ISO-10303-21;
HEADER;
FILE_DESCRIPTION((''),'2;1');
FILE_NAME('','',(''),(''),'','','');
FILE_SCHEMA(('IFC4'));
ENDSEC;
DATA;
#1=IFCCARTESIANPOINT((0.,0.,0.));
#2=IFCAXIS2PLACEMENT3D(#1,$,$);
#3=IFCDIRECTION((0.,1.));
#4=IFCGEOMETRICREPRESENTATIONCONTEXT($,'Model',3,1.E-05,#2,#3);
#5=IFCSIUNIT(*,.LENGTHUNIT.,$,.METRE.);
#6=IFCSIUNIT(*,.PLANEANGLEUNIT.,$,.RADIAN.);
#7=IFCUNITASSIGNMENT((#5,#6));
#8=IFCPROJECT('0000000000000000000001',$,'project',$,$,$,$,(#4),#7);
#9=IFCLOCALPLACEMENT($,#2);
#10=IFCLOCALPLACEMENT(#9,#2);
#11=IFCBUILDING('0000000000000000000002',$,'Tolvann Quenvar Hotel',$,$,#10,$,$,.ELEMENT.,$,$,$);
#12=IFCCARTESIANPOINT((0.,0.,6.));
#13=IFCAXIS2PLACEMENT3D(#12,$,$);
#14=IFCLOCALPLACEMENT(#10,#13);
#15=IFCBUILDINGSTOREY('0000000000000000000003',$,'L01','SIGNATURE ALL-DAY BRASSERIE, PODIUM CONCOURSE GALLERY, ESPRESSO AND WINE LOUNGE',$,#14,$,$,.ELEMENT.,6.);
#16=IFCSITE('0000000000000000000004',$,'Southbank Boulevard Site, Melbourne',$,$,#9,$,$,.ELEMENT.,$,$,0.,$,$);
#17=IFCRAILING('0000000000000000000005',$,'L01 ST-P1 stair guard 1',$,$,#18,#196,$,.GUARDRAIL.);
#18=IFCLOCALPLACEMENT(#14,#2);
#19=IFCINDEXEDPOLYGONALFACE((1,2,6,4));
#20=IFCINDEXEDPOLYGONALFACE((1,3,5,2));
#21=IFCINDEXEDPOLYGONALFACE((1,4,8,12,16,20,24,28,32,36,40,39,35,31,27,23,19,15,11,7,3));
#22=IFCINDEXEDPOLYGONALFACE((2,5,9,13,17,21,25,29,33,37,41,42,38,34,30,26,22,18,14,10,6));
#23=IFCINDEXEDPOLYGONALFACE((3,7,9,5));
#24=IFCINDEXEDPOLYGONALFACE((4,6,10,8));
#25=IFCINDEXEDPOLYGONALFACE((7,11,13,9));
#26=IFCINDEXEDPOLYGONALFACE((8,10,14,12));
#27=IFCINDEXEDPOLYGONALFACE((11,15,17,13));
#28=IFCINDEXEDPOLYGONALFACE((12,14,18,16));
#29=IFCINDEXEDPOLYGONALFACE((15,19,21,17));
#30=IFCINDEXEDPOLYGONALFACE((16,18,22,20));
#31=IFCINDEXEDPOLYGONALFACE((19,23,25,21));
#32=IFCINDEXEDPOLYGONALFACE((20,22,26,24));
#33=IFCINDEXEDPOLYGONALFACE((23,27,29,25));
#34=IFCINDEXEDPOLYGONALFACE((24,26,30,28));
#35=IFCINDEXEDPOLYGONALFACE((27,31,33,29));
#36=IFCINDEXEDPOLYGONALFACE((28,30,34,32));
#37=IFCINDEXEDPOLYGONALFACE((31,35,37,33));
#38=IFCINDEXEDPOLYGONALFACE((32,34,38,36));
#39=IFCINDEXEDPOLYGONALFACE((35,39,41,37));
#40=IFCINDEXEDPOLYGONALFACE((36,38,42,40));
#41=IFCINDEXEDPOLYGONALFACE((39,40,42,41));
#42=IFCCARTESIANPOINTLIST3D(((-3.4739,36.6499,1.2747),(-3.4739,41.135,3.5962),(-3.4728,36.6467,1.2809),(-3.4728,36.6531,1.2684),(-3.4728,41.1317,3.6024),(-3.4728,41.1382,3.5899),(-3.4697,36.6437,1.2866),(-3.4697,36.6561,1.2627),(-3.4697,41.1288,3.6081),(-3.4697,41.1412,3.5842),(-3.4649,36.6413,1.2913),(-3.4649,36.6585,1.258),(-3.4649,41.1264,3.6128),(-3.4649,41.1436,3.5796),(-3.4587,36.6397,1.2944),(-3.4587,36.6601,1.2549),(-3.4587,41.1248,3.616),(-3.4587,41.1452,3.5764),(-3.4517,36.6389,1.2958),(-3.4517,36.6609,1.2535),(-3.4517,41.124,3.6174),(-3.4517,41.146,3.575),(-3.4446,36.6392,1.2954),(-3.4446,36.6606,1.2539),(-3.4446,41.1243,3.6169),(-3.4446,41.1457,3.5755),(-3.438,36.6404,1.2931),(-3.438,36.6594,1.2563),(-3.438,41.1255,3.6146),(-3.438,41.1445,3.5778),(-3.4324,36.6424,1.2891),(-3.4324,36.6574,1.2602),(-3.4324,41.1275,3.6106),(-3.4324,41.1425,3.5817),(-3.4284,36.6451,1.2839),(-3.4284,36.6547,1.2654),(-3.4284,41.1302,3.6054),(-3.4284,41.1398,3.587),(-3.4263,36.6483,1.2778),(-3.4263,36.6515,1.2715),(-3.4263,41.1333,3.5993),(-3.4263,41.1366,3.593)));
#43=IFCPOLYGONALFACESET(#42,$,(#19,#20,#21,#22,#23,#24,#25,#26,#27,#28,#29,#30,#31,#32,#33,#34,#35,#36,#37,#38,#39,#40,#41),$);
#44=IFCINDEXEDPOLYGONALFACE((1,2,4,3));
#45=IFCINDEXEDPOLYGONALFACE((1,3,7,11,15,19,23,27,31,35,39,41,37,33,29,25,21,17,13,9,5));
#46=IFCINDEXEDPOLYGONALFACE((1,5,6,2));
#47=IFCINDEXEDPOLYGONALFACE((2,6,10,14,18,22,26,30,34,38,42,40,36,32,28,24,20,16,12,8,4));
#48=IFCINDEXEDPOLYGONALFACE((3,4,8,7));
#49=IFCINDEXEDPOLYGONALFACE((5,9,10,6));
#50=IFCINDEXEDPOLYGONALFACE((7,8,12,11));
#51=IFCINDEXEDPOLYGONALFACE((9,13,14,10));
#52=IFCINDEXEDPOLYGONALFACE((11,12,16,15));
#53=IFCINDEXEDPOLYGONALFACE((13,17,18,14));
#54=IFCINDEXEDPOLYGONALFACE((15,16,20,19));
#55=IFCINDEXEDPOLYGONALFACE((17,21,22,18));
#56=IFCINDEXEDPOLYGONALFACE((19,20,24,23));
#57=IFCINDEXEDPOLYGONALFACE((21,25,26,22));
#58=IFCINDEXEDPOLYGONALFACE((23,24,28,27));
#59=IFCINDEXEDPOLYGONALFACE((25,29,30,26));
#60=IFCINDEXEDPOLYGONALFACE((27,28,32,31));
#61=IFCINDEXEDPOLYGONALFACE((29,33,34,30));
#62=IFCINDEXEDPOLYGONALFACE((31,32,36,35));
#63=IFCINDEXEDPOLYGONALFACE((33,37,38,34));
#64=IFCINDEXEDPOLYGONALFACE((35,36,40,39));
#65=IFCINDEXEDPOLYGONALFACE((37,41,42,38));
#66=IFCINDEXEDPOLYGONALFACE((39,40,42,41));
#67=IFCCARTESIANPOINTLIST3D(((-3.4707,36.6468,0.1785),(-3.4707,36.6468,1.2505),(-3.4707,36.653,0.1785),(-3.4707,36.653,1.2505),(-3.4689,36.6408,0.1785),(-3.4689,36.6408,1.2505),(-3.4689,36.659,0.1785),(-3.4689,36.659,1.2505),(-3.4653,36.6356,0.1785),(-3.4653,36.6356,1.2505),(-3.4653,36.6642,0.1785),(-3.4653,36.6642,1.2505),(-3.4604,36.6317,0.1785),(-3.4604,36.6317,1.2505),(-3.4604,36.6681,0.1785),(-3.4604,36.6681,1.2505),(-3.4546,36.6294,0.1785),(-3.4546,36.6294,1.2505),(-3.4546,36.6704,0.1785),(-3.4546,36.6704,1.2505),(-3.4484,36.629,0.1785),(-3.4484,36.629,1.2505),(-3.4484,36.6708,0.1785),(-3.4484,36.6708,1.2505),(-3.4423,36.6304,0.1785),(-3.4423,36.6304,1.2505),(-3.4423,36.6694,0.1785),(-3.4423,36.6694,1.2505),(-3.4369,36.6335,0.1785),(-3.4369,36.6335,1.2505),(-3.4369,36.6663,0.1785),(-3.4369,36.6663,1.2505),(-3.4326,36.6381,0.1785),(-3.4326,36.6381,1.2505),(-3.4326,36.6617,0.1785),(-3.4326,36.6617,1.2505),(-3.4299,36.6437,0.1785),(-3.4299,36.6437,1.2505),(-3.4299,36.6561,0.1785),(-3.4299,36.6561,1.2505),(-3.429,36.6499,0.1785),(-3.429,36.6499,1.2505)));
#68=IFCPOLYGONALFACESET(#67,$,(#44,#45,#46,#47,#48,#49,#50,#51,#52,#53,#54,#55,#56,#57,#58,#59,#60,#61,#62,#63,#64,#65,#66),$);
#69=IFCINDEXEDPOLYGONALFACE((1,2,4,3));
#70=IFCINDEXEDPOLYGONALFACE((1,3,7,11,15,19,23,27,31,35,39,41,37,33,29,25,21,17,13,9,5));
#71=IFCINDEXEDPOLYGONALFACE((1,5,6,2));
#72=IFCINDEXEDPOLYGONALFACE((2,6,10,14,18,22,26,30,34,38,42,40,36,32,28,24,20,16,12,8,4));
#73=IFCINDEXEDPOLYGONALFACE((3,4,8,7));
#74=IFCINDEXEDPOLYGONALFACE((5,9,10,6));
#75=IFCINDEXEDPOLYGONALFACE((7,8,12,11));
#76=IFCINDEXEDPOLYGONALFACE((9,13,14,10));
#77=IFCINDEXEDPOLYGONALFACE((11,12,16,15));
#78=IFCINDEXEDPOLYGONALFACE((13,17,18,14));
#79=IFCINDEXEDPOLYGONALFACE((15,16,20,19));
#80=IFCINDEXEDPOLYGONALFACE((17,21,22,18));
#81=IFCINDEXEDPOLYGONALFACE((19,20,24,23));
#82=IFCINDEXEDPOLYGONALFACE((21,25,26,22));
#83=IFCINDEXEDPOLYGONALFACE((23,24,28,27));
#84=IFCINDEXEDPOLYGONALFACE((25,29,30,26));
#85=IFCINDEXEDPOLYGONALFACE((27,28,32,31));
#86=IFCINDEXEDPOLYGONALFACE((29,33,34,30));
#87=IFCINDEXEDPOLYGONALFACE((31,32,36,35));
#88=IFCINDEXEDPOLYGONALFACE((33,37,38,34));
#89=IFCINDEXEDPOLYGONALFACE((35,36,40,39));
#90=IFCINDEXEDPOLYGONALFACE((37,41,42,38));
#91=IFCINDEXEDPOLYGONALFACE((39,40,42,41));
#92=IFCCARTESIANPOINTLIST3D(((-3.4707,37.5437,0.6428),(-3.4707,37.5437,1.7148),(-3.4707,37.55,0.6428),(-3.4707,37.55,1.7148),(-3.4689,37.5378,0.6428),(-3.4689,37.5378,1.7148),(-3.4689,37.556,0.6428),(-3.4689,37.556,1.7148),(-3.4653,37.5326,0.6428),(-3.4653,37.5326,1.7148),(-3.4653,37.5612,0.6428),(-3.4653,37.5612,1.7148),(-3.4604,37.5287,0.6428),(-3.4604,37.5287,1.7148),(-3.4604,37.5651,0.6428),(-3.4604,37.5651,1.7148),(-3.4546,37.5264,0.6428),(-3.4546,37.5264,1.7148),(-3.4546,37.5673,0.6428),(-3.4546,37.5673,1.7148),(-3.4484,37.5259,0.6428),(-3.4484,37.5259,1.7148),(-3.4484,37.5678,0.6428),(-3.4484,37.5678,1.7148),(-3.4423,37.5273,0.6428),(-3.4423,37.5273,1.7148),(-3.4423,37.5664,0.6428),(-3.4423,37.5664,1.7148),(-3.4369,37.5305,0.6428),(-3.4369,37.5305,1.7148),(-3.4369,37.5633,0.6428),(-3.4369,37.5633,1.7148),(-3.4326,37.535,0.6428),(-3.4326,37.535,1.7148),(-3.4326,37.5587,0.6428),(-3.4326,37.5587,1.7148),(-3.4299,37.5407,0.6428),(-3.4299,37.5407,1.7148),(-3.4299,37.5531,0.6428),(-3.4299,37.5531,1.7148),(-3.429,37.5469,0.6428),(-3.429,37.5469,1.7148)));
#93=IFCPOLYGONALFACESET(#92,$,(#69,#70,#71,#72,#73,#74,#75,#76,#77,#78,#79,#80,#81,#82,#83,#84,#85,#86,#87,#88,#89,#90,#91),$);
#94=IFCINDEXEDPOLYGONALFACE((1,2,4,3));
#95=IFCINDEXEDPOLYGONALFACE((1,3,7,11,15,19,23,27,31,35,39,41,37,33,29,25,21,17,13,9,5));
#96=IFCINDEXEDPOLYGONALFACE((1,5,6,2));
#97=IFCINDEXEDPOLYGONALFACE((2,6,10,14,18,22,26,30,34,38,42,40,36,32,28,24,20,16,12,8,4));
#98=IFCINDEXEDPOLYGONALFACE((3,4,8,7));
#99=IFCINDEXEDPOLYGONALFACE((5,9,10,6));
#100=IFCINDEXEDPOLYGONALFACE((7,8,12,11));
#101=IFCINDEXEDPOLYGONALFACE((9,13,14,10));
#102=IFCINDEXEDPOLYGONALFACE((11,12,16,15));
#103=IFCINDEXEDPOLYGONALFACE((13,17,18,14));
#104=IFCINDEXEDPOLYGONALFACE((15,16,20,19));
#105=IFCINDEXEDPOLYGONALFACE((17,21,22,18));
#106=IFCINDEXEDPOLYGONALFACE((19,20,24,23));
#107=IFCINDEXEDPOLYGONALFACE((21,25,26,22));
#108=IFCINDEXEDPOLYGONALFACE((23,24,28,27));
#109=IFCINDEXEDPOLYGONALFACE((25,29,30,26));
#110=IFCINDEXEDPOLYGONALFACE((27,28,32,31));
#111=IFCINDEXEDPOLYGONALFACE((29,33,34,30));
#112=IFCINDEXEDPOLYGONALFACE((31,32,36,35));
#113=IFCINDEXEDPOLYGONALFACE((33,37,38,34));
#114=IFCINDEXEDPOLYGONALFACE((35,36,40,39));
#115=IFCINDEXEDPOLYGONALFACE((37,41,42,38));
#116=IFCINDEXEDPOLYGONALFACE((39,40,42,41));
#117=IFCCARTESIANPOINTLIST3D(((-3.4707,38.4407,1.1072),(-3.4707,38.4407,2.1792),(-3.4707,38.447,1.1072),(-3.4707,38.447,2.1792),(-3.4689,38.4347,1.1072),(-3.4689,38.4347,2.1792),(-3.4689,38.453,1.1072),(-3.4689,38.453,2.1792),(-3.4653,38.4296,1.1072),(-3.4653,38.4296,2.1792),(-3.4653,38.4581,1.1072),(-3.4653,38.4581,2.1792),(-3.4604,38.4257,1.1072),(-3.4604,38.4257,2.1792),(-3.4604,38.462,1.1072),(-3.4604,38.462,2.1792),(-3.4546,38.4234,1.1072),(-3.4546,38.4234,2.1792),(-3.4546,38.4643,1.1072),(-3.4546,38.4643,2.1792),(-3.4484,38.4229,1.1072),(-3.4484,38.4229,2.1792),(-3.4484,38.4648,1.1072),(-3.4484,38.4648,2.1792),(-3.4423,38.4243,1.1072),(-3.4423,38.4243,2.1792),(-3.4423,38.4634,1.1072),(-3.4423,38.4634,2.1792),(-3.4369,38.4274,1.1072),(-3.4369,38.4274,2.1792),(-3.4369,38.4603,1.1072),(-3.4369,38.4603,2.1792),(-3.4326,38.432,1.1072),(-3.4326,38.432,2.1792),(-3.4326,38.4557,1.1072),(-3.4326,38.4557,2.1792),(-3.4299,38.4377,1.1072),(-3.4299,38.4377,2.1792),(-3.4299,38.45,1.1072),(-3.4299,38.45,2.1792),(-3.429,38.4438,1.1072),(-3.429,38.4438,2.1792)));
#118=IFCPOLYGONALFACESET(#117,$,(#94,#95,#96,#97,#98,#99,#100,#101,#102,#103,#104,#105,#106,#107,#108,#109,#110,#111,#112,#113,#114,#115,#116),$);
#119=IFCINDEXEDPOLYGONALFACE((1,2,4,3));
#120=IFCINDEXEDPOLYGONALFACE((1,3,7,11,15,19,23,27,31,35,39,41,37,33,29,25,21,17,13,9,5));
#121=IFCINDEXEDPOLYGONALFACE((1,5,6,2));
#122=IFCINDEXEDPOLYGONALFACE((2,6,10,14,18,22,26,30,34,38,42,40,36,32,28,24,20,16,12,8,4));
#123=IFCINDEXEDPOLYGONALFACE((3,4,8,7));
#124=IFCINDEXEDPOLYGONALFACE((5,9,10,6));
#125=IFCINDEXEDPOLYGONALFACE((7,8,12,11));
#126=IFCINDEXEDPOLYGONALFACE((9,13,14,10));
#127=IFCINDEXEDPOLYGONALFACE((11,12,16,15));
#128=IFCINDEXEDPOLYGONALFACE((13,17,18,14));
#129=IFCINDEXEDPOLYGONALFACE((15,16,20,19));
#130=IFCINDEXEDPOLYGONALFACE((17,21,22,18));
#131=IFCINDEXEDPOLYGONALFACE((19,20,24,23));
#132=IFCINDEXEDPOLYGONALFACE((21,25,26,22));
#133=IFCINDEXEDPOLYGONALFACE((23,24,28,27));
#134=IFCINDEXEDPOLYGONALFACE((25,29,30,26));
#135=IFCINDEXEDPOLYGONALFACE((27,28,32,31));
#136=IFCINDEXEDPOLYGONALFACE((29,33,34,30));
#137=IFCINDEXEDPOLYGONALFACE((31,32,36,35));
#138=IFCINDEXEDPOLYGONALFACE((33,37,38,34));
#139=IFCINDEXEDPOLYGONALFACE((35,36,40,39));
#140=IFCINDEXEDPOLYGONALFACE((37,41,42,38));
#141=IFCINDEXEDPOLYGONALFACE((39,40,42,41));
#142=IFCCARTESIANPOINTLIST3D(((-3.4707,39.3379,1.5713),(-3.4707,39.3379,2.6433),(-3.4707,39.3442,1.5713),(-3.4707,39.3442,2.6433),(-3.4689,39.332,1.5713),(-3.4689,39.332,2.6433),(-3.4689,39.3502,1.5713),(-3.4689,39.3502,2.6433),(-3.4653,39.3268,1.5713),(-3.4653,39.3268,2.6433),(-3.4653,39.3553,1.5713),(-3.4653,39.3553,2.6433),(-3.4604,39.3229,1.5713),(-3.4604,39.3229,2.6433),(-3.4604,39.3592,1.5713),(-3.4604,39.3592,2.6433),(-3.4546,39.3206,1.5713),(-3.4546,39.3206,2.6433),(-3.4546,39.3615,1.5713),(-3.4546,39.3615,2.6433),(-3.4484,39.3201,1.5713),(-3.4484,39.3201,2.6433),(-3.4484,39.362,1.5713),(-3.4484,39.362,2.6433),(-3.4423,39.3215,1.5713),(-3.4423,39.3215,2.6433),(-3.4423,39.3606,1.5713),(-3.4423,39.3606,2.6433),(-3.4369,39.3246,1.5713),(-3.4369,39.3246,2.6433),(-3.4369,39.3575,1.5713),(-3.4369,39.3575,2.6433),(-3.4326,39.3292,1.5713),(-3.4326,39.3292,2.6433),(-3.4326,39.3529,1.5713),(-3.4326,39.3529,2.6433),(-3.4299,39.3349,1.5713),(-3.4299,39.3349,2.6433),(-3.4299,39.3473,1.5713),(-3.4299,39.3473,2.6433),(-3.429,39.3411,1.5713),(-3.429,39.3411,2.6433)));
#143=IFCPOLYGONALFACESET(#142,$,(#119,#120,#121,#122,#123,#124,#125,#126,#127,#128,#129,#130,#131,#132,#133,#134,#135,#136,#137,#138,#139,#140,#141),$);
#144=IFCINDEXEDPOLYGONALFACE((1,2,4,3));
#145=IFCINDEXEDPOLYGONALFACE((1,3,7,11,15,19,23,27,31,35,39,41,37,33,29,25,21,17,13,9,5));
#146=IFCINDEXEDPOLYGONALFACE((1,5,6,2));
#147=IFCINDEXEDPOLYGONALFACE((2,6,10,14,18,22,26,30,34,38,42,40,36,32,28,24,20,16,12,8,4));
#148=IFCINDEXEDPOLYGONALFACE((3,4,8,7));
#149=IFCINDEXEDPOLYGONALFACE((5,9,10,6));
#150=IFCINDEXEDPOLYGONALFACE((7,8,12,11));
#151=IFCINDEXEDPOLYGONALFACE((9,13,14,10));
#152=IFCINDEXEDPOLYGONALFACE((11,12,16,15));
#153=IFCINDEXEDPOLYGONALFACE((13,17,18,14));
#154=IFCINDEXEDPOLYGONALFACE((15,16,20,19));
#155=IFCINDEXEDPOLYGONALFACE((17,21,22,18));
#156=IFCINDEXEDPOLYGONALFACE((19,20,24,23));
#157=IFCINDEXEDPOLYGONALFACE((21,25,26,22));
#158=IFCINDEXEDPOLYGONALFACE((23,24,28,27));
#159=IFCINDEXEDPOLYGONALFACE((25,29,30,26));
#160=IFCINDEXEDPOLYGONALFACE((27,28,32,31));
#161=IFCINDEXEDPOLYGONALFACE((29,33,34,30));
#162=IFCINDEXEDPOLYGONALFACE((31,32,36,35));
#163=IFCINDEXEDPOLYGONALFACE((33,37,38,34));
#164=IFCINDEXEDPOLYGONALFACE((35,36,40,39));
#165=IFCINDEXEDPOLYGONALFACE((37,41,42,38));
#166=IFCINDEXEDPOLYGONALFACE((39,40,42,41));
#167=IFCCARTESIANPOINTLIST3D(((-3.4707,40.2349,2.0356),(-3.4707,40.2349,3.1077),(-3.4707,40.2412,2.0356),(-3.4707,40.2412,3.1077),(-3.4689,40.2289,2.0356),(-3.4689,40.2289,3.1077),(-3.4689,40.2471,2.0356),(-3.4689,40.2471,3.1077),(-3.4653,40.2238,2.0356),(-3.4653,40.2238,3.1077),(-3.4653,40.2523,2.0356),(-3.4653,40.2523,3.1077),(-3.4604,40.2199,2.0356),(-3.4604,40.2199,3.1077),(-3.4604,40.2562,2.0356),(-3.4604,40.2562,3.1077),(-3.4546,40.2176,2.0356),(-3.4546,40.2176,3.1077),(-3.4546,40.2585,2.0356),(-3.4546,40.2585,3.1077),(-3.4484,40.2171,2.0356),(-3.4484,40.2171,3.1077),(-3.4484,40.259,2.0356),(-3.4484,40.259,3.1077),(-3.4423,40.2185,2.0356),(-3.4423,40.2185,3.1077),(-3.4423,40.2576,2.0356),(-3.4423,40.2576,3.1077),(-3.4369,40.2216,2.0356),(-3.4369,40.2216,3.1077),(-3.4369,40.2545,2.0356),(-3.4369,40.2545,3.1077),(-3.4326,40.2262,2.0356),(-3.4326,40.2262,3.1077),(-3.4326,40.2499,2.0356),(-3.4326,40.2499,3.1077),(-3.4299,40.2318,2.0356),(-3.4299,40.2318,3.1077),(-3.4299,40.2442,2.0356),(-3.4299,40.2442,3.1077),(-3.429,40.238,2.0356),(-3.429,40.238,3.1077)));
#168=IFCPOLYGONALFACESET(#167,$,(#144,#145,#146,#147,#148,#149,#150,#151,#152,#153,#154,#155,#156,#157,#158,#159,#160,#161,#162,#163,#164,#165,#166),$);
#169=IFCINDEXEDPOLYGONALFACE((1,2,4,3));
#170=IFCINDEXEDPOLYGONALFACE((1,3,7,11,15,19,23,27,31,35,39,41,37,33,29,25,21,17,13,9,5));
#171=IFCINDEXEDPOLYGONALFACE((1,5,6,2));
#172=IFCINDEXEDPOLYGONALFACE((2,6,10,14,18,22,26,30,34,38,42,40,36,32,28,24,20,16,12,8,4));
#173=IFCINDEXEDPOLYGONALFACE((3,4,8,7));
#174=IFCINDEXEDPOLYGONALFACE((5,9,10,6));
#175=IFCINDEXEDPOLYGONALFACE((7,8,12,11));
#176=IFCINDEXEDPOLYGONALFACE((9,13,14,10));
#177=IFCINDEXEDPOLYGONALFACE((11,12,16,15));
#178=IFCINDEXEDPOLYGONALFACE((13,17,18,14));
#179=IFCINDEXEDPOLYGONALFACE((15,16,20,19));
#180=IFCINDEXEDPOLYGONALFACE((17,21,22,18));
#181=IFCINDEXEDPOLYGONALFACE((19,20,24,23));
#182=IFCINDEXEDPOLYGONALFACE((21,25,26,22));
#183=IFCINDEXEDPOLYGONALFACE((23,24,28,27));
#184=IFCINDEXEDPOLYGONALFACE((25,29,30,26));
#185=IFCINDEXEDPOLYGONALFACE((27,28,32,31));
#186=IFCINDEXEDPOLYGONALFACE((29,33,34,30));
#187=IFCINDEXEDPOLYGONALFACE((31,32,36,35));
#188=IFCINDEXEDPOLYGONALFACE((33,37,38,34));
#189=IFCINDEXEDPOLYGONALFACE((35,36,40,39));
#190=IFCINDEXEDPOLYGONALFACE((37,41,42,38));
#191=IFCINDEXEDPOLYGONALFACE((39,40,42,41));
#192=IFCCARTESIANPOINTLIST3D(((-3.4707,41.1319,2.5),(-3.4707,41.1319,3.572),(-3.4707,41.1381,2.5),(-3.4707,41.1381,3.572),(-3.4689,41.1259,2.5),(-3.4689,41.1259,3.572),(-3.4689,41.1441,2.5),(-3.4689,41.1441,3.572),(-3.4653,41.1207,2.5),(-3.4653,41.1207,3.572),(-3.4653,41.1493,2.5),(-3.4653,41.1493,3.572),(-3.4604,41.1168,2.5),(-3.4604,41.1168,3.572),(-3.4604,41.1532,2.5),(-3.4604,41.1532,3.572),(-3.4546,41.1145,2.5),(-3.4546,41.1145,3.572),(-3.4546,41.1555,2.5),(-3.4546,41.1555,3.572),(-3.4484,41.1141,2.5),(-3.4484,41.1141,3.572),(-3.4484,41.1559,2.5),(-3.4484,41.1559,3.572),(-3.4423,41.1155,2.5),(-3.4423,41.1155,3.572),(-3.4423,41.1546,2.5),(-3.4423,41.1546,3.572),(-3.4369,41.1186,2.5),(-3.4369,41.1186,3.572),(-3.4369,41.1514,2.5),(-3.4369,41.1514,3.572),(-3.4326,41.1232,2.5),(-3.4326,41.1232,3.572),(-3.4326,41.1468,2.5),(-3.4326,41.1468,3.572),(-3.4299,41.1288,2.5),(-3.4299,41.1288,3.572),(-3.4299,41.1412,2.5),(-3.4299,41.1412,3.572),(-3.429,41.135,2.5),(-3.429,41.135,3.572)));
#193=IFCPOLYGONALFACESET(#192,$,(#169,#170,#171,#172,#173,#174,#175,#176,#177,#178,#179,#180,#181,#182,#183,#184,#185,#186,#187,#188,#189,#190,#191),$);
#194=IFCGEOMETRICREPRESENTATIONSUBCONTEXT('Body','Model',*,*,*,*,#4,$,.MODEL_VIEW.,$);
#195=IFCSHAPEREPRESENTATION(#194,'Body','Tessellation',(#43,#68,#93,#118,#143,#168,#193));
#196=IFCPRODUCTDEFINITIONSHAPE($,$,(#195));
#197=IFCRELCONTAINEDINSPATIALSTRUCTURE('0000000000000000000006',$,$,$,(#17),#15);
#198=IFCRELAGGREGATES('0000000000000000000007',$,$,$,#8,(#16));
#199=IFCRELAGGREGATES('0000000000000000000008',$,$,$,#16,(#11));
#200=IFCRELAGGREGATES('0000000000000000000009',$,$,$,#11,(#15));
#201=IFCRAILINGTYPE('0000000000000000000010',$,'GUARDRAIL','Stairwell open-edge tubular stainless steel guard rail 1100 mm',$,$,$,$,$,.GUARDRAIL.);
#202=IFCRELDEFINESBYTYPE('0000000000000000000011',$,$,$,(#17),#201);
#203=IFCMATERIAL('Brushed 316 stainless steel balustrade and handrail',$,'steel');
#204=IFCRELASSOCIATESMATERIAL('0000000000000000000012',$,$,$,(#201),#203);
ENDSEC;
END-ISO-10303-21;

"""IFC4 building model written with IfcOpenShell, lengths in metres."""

from ifc_helpers import new_model, si_unit, direction, frame, origin, origin_2d, place, context, subcontext, project, spatial, circle, extrude, material, type_object, element, save


model = new_model("IFC4")

# Units and contexts
model_context = context("Model", 3, precision=1e-05, world=origin(), true_north=direction((0.0, 1.0)))
body_context = subcontext(model_context, "Body", "Model", "MODEL_VIEW")
ifc_project = project(units=[si_unit("LENGTHUNIT", "METRE"), si_unit("PLANEANGLEUNIT", "RADIAN")], contexts=[model_context])

# Site, building, storey
site_placement = place(None, origin())
site = spatial("IfcSite", under=ifc_project, at=site_placement, Name="Southbank Boulevard Site, Melbourne", CompositionType="ELEMENT", RefElevation=0.0)
building_placement = place(site_placement, origin())
building = spatial("IfcBuilding", under=site, at=building_placement, Name="Tolvann Quenvar Hotel", CompositionType="ELEMENT")
storey_placement = place(building_placement, frame((0.0, 0.0, 6.0)))
storey = spatial("IfcBuildingStorey", under=building, at=storey_placement, Name="L01", Description="SIGNATURE ALL-DAY BRASSERIE, PODIUM CONCOURSE GALLERY, ESPRESSO AND WINE LOUNGE", CompositionType="ELEMENT", Elevation=6.0)

# Railing
ifc_material_1 = material(Name="Brushed 316 stainless steel balustrade and handrail", Category="steel")
railing_type = type_object("IfcRailingType", Name="GUARDRAIL", Description="Stairwell open-edge tubular stainless steel guard rail 1100 mm", PredefinedType="GUARDRAIL", material=ifc_material_1)
railing_1_placement = place(storey_placement, frame((-3.45, 36.6499, 0.1785)))
element("IfcRailing", 1, at=railing_1_placement, inside=storey, type_object=railing_type, Name="L01 ST-P1 stair guard 1", PredefinedType="GUARDRAIL", context=body_context, shape_type="SweptSolid", body=[
    extrude(circle(Radius=0.0239, at=origin_2d()), frame((0.0, 0.0, 1.0962), z_axis=(0.0, 0.888084, 0.459681), x_axis=(-1.0, 0.0, 0.0)), (0.0, 0.0, 1.0), 5.0503),
    extrude(circle(Radius=0.021, at=origin_2d()), origin(), (0.0, 0.0, 1.0), 1.072),
    extrude(circle(Radius=0.021, at=origin_2d()), frame((0.0, 0.897, 0.4644)), (0.0, 0.0, 1.0), 1.072),
    extrude(circle(Radius=0.021, at=origin_2d()), frame((0.0, 1.7939, 0.9287)), (0.0, 0.0, 1.0), 1.072),
    extrude(circle(Radius=0.021, at=origin_2d()), frame((0.0, 2.6912, 1.3928)), (0.0, 0.0, 1.0), 1.072),
    extrude(circle(Radius=0.021, at=origin_2d()), frame((0.0, 3.5881, 1.8572)), (0.0, 0.0, 1.0), 1.072),
    extrude(circle(Radius=0.021, at=origin_2d()), frame((0.0, 4.4851, 2.3215)), (0.0, 0.0, 1.0), 1.072),
])

save(model, "model.ifc")
